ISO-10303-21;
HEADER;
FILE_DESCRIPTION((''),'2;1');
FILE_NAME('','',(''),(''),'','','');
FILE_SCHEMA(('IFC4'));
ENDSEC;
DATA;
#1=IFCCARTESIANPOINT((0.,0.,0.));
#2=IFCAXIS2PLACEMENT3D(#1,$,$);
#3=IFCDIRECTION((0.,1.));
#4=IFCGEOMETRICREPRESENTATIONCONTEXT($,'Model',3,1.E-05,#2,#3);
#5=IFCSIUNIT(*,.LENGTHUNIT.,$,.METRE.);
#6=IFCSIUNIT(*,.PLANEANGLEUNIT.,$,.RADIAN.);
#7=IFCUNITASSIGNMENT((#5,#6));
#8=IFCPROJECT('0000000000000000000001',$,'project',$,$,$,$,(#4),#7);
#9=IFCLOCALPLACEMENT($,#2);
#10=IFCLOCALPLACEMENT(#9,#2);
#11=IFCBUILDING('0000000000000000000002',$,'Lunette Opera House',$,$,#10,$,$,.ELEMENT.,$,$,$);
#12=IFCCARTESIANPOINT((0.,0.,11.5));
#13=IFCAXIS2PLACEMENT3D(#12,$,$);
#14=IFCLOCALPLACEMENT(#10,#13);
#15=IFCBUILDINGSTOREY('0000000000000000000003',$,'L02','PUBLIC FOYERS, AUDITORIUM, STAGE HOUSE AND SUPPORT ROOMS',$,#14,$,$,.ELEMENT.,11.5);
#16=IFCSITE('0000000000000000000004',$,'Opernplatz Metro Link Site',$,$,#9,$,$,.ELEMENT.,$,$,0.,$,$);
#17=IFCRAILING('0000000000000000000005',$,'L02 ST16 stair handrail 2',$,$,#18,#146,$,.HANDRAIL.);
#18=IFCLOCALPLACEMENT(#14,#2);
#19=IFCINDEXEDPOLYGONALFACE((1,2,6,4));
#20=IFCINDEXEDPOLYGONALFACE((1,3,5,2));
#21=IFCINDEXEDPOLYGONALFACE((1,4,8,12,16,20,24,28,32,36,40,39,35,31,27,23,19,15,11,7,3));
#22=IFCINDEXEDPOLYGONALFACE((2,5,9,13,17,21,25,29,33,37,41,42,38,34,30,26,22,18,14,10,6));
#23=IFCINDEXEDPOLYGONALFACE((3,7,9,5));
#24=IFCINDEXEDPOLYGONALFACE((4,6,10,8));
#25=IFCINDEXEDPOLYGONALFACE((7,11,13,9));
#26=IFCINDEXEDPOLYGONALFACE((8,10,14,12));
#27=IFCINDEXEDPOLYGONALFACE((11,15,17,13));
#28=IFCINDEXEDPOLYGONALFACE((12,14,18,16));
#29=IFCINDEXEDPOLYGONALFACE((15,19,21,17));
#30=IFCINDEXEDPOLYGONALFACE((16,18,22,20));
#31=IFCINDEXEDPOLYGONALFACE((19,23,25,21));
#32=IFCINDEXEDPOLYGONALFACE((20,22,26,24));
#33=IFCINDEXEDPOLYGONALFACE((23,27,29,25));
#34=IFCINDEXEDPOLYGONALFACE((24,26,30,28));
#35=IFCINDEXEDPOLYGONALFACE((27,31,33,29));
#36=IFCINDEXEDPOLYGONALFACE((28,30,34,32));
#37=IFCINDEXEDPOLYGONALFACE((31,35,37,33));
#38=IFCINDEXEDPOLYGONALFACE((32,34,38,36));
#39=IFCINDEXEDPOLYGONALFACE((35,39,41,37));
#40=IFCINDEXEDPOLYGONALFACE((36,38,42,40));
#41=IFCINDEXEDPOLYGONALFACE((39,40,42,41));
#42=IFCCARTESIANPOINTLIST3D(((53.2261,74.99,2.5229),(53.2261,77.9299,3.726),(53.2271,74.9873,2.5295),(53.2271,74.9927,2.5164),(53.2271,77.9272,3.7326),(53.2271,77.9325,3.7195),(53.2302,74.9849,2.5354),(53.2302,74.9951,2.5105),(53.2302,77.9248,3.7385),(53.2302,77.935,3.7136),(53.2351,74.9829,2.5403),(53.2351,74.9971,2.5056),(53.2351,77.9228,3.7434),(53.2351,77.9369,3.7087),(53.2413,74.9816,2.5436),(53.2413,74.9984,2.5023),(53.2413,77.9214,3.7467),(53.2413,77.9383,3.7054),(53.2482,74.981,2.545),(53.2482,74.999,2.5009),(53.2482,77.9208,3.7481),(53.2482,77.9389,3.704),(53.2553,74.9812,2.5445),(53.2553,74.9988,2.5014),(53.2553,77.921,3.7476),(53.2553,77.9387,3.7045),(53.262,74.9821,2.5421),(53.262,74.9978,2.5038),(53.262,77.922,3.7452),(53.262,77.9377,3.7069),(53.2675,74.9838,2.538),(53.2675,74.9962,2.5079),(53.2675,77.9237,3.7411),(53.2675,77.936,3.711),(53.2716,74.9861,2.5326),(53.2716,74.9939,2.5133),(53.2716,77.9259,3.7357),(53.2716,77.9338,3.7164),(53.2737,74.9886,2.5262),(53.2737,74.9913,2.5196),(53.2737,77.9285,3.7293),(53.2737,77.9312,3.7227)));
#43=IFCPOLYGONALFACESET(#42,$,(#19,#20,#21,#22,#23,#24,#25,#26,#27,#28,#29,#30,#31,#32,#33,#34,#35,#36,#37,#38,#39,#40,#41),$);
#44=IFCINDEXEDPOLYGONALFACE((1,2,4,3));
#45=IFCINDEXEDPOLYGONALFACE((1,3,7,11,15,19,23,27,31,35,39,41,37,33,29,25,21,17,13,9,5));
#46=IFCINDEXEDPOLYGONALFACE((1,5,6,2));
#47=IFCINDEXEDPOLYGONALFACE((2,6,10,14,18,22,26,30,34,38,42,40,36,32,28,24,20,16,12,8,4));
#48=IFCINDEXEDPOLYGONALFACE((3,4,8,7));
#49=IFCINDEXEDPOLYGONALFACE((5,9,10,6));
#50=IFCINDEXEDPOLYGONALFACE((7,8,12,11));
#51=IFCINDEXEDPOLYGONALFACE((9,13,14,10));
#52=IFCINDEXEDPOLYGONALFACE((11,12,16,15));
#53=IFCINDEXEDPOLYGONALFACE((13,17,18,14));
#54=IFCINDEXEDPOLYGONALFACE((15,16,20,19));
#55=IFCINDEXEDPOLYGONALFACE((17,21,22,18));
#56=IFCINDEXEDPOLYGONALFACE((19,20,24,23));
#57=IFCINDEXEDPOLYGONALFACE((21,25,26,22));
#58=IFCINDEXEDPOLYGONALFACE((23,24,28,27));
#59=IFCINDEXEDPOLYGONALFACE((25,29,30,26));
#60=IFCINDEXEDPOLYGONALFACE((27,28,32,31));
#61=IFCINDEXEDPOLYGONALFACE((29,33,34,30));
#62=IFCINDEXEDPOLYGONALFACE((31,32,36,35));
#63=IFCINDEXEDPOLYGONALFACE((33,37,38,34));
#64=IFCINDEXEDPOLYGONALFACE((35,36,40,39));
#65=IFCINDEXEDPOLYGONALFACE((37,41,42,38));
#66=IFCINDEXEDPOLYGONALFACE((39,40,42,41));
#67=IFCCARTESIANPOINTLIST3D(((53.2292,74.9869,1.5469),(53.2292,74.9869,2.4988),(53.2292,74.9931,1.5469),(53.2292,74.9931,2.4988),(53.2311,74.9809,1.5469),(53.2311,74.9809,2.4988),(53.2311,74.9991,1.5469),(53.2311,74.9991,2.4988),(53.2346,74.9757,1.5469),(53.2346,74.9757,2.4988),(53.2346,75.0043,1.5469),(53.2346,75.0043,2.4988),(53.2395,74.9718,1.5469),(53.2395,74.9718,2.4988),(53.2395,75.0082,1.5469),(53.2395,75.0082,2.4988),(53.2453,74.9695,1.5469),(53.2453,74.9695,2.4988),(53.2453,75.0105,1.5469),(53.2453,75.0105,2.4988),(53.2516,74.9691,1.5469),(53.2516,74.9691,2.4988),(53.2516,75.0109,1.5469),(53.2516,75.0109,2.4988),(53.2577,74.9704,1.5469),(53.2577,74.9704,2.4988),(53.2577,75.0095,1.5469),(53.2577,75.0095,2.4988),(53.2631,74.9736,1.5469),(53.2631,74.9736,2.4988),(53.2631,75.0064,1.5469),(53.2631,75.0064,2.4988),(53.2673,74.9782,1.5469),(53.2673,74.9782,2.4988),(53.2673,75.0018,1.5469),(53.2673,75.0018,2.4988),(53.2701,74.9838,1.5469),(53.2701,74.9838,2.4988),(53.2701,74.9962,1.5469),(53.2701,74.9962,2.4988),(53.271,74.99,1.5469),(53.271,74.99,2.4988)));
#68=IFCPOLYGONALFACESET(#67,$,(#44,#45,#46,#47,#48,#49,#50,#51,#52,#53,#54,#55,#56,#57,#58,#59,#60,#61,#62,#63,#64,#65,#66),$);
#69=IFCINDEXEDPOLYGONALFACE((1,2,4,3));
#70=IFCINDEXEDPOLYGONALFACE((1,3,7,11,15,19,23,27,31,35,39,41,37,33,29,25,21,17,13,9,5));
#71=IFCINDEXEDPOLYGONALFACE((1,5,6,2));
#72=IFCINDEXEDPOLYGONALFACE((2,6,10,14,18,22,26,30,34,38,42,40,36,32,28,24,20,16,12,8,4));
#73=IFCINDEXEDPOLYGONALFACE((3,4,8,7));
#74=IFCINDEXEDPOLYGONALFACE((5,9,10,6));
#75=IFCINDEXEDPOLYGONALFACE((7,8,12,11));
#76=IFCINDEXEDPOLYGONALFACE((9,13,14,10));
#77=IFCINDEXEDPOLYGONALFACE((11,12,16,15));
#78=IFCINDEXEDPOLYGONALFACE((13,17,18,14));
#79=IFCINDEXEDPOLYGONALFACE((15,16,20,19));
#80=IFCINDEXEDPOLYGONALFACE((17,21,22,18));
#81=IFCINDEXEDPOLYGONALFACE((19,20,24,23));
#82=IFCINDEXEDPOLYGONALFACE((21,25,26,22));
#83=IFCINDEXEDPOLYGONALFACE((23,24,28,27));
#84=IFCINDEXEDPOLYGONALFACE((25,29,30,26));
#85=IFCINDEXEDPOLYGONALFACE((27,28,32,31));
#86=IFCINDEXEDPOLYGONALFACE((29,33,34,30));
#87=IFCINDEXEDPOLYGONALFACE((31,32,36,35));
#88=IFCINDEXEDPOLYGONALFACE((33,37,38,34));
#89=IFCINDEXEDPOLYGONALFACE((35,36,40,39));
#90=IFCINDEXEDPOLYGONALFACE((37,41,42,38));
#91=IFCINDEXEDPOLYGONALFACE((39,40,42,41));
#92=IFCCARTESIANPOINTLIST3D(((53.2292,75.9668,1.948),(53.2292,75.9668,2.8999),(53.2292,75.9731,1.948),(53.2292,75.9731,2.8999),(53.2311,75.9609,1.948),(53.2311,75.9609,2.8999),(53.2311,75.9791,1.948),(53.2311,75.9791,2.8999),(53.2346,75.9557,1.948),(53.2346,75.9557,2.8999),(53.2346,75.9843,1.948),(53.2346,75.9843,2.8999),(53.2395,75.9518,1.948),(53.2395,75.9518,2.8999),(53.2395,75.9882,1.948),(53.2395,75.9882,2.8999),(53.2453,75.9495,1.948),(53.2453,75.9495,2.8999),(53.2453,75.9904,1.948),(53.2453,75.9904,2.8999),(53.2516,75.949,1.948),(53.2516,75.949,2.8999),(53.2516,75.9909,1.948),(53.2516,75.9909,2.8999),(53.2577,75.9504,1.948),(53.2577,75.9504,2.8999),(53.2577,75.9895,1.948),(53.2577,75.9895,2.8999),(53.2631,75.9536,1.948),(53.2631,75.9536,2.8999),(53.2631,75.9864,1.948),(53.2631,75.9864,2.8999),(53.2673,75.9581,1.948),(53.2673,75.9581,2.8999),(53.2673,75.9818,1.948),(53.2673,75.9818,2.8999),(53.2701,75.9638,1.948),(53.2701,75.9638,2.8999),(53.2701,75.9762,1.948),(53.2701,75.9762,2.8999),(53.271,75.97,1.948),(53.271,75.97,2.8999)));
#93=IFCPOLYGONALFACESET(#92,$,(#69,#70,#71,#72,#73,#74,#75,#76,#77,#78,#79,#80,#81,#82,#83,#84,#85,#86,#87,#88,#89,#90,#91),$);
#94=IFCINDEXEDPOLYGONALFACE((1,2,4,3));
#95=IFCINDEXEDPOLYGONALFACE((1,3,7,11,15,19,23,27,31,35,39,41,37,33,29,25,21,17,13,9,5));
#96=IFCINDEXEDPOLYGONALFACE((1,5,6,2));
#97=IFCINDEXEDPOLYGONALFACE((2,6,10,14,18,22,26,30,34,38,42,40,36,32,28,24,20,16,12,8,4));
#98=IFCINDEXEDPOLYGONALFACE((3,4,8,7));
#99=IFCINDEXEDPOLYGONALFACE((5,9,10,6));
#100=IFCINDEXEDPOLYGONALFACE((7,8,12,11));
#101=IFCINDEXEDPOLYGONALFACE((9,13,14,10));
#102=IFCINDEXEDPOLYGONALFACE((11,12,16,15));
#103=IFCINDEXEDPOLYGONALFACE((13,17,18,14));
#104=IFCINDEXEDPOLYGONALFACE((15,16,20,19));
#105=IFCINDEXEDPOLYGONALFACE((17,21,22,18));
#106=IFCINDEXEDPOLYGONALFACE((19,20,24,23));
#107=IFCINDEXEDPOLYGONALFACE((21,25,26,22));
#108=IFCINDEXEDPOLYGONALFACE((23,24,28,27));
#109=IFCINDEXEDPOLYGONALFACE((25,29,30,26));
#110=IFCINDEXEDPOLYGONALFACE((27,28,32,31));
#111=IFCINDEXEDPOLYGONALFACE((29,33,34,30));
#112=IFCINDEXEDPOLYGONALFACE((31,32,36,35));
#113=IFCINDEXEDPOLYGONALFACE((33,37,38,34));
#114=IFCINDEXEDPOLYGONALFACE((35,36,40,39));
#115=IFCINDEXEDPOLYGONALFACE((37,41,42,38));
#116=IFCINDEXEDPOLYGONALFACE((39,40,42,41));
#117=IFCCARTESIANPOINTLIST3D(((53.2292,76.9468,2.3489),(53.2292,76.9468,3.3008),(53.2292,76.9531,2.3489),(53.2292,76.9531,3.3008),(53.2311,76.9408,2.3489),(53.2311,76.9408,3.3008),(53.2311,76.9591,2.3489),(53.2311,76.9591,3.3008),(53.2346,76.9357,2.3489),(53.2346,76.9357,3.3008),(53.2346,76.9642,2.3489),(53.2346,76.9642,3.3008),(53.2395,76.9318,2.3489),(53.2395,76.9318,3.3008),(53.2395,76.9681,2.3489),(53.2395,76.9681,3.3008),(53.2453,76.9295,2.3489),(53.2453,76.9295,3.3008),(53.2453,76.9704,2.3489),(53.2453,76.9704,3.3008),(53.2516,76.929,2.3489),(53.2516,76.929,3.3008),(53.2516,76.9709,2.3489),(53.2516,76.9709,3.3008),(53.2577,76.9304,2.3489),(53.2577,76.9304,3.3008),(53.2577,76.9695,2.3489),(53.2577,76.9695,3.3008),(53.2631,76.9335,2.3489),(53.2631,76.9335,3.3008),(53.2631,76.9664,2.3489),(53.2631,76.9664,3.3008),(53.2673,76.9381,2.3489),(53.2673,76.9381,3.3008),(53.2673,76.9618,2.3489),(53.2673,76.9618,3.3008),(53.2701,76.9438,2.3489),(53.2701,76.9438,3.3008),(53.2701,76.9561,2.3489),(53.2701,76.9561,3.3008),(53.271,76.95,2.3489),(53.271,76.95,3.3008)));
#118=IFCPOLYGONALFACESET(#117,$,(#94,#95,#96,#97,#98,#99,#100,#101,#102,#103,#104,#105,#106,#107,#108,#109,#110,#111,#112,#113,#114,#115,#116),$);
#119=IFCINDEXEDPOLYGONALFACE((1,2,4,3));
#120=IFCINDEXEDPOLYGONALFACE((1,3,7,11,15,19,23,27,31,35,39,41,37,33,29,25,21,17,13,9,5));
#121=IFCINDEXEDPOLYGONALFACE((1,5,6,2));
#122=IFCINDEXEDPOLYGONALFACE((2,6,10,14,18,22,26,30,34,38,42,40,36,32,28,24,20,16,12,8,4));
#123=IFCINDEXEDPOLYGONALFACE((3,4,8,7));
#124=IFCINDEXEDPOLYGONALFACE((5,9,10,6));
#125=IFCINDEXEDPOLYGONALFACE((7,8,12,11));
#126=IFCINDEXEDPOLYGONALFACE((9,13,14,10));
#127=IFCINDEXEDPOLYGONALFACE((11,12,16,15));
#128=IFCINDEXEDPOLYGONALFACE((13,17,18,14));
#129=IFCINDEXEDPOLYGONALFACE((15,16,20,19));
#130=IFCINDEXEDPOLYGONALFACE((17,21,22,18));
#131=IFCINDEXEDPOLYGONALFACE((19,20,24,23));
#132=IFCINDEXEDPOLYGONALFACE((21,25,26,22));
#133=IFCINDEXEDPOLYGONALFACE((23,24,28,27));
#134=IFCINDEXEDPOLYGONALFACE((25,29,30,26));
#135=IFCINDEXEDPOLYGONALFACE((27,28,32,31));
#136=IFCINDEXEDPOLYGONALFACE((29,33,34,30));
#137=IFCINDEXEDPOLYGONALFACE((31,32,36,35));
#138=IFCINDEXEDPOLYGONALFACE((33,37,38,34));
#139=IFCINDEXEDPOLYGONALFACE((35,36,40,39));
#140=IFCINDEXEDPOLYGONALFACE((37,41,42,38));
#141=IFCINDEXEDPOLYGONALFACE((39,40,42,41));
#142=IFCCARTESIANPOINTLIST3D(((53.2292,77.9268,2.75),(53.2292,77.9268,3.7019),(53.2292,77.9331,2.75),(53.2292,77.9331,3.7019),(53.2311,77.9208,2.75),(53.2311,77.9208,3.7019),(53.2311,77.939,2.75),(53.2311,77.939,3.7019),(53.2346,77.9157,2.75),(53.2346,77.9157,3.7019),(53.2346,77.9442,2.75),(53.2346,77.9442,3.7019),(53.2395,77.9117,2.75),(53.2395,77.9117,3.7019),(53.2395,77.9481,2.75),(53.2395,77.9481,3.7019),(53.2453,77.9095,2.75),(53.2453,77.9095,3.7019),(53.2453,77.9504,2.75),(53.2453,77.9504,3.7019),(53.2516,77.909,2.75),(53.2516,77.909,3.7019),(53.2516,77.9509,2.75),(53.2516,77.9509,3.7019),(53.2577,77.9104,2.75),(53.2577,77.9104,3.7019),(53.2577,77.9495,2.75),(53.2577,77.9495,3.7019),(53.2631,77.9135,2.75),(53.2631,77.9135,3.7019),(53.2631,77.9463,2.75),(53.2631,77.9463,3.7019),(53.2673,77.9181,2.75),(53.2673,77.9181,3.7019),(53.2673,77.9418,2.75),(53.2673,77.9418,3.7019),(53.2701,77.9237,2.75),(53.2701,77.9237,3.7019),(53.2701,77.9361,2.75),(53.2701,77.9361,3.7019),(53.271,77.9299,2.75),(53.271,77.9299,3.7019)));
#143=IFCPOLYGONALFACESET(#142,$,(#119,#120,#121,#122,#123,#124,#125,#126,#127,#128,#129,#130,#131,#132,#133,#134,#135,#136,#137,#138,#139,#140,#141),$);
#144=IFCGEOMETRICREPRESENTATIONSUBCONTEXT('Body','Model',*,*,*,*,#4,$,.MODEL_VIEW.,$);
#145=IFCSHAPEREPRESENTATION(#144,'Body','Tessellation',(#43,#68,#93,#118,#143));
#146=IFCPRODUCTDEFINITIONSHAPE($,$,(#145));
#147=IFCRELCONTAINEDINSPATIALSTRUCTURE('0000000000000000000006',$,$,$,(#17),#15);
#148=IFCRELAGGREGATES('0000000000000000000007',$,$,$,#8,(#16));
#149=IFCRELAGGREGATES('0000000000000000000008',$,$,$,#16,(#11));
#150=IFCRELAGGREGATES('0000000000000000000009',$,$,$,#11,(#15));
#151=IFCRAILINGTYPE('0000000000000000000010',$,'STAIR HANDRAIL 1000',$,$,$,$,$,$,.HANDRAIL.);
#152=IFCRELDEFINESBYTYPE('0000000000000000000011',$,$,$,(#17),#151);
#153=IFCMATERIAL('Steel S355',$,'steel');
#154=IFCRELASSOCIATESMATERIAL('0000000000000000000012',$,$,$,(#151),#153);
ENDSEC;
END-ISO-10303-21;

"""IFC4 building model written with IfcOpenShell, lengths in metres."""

from ifc_helpers import new_model, si_unit, direction, frame, origin, origin_2d, place, context, subcontext, project, spatial, circle, extrude, material, type_object, element, save


model = new_model("IFC4")

# Units and contexts
model_context = context("Model", 3, precision=1e-05, world=origin(), true_north=direction((0.0, 1.0)))
body_context = subcontext(model_context, "Body", "Model", "MODEL_VIEW")
ifc_project = project(units=[si_unit("LENGTHUNIT", "METRE"), si_unit("PLANEANGLEUNIT", "RADIAN")], contexts=[model_context])

# Site, building, storey
site_placement = place(None, origin())
site = spatial("IfcSite", under=ifc_project, at=site_placement, Name="Opernplatz Metro Link Site", CompositionType="ELEMENT", RefElevation=0.0)
building_placement = place(site_placement, origin())
building = spatial("IfcBuilding", under=site, at=building_placement, Name="Lunette Opera House", CompositionType="ELEMENT")
storey_placement = place(building_placement, frame((0.0, 0.0, 11.5)))
storey = spatial("IfcBuildingStorey", under=building, at=storey_placement, Name="L02", Description="PUBLIC FOYERS, AUDITORIUM, STAGE HOUSE AND SUPPORT ROOMS", CompositionType="ELEMENT", Elevation=11.5)

# Railing
ifc_material_1 = material(Name="Steel S355", Category="steel")
railing_type_1 = type_object("IfcRailingType", Name="STAIR HANDRAIL 1000", PredefinedType="HANDRAIL", material=ifc_material_1)
railing_1_placement = place(storey_placement, frame((53.25, 74.99, 1.5469)))
element("IfcRailing", 1, at=railing_1_placement, inside=storey, type_object=railing_type_1, Name="L02 ST16 stair handrail 2", PredefinedType="HANDRAIL", context=body_context, shape_type="SweptSolid", body=[
    extrude(circle(Radius=0.0239, at=origin_2d()), frame((0.0, 0.0, 0.9761), z_axis=(0.0, 0.9255, 0.378747), x_axis=(-1.0, 0.0, 0.0)), (0.0, 0.0, 1.0), 3.1765),
    extrude(circle(Radius=0.021, at=origin_2d()), origin(), (0.0, 0.0, 1.0), 0.9519),
    extrude(circle(Radius=0.021, at=origin_2d()), frame((0.0, 0.98, 0.4011)), (0.0, 0.0, 1.0), 0.9519),
    extrude(circle(Radius=0.021, at=origin_2d()), frame((0.0, 1.96, 0.802)), (0.0, 0.0, 1.0), 0.9519),
    extrude(circle(Radius=0.021, at=origin_2d()), frame((0.0, 2.9399, 1.2031)), (0.0, 0.0, 1.0), 0.9519),
])

save(model, "model.ifc")
